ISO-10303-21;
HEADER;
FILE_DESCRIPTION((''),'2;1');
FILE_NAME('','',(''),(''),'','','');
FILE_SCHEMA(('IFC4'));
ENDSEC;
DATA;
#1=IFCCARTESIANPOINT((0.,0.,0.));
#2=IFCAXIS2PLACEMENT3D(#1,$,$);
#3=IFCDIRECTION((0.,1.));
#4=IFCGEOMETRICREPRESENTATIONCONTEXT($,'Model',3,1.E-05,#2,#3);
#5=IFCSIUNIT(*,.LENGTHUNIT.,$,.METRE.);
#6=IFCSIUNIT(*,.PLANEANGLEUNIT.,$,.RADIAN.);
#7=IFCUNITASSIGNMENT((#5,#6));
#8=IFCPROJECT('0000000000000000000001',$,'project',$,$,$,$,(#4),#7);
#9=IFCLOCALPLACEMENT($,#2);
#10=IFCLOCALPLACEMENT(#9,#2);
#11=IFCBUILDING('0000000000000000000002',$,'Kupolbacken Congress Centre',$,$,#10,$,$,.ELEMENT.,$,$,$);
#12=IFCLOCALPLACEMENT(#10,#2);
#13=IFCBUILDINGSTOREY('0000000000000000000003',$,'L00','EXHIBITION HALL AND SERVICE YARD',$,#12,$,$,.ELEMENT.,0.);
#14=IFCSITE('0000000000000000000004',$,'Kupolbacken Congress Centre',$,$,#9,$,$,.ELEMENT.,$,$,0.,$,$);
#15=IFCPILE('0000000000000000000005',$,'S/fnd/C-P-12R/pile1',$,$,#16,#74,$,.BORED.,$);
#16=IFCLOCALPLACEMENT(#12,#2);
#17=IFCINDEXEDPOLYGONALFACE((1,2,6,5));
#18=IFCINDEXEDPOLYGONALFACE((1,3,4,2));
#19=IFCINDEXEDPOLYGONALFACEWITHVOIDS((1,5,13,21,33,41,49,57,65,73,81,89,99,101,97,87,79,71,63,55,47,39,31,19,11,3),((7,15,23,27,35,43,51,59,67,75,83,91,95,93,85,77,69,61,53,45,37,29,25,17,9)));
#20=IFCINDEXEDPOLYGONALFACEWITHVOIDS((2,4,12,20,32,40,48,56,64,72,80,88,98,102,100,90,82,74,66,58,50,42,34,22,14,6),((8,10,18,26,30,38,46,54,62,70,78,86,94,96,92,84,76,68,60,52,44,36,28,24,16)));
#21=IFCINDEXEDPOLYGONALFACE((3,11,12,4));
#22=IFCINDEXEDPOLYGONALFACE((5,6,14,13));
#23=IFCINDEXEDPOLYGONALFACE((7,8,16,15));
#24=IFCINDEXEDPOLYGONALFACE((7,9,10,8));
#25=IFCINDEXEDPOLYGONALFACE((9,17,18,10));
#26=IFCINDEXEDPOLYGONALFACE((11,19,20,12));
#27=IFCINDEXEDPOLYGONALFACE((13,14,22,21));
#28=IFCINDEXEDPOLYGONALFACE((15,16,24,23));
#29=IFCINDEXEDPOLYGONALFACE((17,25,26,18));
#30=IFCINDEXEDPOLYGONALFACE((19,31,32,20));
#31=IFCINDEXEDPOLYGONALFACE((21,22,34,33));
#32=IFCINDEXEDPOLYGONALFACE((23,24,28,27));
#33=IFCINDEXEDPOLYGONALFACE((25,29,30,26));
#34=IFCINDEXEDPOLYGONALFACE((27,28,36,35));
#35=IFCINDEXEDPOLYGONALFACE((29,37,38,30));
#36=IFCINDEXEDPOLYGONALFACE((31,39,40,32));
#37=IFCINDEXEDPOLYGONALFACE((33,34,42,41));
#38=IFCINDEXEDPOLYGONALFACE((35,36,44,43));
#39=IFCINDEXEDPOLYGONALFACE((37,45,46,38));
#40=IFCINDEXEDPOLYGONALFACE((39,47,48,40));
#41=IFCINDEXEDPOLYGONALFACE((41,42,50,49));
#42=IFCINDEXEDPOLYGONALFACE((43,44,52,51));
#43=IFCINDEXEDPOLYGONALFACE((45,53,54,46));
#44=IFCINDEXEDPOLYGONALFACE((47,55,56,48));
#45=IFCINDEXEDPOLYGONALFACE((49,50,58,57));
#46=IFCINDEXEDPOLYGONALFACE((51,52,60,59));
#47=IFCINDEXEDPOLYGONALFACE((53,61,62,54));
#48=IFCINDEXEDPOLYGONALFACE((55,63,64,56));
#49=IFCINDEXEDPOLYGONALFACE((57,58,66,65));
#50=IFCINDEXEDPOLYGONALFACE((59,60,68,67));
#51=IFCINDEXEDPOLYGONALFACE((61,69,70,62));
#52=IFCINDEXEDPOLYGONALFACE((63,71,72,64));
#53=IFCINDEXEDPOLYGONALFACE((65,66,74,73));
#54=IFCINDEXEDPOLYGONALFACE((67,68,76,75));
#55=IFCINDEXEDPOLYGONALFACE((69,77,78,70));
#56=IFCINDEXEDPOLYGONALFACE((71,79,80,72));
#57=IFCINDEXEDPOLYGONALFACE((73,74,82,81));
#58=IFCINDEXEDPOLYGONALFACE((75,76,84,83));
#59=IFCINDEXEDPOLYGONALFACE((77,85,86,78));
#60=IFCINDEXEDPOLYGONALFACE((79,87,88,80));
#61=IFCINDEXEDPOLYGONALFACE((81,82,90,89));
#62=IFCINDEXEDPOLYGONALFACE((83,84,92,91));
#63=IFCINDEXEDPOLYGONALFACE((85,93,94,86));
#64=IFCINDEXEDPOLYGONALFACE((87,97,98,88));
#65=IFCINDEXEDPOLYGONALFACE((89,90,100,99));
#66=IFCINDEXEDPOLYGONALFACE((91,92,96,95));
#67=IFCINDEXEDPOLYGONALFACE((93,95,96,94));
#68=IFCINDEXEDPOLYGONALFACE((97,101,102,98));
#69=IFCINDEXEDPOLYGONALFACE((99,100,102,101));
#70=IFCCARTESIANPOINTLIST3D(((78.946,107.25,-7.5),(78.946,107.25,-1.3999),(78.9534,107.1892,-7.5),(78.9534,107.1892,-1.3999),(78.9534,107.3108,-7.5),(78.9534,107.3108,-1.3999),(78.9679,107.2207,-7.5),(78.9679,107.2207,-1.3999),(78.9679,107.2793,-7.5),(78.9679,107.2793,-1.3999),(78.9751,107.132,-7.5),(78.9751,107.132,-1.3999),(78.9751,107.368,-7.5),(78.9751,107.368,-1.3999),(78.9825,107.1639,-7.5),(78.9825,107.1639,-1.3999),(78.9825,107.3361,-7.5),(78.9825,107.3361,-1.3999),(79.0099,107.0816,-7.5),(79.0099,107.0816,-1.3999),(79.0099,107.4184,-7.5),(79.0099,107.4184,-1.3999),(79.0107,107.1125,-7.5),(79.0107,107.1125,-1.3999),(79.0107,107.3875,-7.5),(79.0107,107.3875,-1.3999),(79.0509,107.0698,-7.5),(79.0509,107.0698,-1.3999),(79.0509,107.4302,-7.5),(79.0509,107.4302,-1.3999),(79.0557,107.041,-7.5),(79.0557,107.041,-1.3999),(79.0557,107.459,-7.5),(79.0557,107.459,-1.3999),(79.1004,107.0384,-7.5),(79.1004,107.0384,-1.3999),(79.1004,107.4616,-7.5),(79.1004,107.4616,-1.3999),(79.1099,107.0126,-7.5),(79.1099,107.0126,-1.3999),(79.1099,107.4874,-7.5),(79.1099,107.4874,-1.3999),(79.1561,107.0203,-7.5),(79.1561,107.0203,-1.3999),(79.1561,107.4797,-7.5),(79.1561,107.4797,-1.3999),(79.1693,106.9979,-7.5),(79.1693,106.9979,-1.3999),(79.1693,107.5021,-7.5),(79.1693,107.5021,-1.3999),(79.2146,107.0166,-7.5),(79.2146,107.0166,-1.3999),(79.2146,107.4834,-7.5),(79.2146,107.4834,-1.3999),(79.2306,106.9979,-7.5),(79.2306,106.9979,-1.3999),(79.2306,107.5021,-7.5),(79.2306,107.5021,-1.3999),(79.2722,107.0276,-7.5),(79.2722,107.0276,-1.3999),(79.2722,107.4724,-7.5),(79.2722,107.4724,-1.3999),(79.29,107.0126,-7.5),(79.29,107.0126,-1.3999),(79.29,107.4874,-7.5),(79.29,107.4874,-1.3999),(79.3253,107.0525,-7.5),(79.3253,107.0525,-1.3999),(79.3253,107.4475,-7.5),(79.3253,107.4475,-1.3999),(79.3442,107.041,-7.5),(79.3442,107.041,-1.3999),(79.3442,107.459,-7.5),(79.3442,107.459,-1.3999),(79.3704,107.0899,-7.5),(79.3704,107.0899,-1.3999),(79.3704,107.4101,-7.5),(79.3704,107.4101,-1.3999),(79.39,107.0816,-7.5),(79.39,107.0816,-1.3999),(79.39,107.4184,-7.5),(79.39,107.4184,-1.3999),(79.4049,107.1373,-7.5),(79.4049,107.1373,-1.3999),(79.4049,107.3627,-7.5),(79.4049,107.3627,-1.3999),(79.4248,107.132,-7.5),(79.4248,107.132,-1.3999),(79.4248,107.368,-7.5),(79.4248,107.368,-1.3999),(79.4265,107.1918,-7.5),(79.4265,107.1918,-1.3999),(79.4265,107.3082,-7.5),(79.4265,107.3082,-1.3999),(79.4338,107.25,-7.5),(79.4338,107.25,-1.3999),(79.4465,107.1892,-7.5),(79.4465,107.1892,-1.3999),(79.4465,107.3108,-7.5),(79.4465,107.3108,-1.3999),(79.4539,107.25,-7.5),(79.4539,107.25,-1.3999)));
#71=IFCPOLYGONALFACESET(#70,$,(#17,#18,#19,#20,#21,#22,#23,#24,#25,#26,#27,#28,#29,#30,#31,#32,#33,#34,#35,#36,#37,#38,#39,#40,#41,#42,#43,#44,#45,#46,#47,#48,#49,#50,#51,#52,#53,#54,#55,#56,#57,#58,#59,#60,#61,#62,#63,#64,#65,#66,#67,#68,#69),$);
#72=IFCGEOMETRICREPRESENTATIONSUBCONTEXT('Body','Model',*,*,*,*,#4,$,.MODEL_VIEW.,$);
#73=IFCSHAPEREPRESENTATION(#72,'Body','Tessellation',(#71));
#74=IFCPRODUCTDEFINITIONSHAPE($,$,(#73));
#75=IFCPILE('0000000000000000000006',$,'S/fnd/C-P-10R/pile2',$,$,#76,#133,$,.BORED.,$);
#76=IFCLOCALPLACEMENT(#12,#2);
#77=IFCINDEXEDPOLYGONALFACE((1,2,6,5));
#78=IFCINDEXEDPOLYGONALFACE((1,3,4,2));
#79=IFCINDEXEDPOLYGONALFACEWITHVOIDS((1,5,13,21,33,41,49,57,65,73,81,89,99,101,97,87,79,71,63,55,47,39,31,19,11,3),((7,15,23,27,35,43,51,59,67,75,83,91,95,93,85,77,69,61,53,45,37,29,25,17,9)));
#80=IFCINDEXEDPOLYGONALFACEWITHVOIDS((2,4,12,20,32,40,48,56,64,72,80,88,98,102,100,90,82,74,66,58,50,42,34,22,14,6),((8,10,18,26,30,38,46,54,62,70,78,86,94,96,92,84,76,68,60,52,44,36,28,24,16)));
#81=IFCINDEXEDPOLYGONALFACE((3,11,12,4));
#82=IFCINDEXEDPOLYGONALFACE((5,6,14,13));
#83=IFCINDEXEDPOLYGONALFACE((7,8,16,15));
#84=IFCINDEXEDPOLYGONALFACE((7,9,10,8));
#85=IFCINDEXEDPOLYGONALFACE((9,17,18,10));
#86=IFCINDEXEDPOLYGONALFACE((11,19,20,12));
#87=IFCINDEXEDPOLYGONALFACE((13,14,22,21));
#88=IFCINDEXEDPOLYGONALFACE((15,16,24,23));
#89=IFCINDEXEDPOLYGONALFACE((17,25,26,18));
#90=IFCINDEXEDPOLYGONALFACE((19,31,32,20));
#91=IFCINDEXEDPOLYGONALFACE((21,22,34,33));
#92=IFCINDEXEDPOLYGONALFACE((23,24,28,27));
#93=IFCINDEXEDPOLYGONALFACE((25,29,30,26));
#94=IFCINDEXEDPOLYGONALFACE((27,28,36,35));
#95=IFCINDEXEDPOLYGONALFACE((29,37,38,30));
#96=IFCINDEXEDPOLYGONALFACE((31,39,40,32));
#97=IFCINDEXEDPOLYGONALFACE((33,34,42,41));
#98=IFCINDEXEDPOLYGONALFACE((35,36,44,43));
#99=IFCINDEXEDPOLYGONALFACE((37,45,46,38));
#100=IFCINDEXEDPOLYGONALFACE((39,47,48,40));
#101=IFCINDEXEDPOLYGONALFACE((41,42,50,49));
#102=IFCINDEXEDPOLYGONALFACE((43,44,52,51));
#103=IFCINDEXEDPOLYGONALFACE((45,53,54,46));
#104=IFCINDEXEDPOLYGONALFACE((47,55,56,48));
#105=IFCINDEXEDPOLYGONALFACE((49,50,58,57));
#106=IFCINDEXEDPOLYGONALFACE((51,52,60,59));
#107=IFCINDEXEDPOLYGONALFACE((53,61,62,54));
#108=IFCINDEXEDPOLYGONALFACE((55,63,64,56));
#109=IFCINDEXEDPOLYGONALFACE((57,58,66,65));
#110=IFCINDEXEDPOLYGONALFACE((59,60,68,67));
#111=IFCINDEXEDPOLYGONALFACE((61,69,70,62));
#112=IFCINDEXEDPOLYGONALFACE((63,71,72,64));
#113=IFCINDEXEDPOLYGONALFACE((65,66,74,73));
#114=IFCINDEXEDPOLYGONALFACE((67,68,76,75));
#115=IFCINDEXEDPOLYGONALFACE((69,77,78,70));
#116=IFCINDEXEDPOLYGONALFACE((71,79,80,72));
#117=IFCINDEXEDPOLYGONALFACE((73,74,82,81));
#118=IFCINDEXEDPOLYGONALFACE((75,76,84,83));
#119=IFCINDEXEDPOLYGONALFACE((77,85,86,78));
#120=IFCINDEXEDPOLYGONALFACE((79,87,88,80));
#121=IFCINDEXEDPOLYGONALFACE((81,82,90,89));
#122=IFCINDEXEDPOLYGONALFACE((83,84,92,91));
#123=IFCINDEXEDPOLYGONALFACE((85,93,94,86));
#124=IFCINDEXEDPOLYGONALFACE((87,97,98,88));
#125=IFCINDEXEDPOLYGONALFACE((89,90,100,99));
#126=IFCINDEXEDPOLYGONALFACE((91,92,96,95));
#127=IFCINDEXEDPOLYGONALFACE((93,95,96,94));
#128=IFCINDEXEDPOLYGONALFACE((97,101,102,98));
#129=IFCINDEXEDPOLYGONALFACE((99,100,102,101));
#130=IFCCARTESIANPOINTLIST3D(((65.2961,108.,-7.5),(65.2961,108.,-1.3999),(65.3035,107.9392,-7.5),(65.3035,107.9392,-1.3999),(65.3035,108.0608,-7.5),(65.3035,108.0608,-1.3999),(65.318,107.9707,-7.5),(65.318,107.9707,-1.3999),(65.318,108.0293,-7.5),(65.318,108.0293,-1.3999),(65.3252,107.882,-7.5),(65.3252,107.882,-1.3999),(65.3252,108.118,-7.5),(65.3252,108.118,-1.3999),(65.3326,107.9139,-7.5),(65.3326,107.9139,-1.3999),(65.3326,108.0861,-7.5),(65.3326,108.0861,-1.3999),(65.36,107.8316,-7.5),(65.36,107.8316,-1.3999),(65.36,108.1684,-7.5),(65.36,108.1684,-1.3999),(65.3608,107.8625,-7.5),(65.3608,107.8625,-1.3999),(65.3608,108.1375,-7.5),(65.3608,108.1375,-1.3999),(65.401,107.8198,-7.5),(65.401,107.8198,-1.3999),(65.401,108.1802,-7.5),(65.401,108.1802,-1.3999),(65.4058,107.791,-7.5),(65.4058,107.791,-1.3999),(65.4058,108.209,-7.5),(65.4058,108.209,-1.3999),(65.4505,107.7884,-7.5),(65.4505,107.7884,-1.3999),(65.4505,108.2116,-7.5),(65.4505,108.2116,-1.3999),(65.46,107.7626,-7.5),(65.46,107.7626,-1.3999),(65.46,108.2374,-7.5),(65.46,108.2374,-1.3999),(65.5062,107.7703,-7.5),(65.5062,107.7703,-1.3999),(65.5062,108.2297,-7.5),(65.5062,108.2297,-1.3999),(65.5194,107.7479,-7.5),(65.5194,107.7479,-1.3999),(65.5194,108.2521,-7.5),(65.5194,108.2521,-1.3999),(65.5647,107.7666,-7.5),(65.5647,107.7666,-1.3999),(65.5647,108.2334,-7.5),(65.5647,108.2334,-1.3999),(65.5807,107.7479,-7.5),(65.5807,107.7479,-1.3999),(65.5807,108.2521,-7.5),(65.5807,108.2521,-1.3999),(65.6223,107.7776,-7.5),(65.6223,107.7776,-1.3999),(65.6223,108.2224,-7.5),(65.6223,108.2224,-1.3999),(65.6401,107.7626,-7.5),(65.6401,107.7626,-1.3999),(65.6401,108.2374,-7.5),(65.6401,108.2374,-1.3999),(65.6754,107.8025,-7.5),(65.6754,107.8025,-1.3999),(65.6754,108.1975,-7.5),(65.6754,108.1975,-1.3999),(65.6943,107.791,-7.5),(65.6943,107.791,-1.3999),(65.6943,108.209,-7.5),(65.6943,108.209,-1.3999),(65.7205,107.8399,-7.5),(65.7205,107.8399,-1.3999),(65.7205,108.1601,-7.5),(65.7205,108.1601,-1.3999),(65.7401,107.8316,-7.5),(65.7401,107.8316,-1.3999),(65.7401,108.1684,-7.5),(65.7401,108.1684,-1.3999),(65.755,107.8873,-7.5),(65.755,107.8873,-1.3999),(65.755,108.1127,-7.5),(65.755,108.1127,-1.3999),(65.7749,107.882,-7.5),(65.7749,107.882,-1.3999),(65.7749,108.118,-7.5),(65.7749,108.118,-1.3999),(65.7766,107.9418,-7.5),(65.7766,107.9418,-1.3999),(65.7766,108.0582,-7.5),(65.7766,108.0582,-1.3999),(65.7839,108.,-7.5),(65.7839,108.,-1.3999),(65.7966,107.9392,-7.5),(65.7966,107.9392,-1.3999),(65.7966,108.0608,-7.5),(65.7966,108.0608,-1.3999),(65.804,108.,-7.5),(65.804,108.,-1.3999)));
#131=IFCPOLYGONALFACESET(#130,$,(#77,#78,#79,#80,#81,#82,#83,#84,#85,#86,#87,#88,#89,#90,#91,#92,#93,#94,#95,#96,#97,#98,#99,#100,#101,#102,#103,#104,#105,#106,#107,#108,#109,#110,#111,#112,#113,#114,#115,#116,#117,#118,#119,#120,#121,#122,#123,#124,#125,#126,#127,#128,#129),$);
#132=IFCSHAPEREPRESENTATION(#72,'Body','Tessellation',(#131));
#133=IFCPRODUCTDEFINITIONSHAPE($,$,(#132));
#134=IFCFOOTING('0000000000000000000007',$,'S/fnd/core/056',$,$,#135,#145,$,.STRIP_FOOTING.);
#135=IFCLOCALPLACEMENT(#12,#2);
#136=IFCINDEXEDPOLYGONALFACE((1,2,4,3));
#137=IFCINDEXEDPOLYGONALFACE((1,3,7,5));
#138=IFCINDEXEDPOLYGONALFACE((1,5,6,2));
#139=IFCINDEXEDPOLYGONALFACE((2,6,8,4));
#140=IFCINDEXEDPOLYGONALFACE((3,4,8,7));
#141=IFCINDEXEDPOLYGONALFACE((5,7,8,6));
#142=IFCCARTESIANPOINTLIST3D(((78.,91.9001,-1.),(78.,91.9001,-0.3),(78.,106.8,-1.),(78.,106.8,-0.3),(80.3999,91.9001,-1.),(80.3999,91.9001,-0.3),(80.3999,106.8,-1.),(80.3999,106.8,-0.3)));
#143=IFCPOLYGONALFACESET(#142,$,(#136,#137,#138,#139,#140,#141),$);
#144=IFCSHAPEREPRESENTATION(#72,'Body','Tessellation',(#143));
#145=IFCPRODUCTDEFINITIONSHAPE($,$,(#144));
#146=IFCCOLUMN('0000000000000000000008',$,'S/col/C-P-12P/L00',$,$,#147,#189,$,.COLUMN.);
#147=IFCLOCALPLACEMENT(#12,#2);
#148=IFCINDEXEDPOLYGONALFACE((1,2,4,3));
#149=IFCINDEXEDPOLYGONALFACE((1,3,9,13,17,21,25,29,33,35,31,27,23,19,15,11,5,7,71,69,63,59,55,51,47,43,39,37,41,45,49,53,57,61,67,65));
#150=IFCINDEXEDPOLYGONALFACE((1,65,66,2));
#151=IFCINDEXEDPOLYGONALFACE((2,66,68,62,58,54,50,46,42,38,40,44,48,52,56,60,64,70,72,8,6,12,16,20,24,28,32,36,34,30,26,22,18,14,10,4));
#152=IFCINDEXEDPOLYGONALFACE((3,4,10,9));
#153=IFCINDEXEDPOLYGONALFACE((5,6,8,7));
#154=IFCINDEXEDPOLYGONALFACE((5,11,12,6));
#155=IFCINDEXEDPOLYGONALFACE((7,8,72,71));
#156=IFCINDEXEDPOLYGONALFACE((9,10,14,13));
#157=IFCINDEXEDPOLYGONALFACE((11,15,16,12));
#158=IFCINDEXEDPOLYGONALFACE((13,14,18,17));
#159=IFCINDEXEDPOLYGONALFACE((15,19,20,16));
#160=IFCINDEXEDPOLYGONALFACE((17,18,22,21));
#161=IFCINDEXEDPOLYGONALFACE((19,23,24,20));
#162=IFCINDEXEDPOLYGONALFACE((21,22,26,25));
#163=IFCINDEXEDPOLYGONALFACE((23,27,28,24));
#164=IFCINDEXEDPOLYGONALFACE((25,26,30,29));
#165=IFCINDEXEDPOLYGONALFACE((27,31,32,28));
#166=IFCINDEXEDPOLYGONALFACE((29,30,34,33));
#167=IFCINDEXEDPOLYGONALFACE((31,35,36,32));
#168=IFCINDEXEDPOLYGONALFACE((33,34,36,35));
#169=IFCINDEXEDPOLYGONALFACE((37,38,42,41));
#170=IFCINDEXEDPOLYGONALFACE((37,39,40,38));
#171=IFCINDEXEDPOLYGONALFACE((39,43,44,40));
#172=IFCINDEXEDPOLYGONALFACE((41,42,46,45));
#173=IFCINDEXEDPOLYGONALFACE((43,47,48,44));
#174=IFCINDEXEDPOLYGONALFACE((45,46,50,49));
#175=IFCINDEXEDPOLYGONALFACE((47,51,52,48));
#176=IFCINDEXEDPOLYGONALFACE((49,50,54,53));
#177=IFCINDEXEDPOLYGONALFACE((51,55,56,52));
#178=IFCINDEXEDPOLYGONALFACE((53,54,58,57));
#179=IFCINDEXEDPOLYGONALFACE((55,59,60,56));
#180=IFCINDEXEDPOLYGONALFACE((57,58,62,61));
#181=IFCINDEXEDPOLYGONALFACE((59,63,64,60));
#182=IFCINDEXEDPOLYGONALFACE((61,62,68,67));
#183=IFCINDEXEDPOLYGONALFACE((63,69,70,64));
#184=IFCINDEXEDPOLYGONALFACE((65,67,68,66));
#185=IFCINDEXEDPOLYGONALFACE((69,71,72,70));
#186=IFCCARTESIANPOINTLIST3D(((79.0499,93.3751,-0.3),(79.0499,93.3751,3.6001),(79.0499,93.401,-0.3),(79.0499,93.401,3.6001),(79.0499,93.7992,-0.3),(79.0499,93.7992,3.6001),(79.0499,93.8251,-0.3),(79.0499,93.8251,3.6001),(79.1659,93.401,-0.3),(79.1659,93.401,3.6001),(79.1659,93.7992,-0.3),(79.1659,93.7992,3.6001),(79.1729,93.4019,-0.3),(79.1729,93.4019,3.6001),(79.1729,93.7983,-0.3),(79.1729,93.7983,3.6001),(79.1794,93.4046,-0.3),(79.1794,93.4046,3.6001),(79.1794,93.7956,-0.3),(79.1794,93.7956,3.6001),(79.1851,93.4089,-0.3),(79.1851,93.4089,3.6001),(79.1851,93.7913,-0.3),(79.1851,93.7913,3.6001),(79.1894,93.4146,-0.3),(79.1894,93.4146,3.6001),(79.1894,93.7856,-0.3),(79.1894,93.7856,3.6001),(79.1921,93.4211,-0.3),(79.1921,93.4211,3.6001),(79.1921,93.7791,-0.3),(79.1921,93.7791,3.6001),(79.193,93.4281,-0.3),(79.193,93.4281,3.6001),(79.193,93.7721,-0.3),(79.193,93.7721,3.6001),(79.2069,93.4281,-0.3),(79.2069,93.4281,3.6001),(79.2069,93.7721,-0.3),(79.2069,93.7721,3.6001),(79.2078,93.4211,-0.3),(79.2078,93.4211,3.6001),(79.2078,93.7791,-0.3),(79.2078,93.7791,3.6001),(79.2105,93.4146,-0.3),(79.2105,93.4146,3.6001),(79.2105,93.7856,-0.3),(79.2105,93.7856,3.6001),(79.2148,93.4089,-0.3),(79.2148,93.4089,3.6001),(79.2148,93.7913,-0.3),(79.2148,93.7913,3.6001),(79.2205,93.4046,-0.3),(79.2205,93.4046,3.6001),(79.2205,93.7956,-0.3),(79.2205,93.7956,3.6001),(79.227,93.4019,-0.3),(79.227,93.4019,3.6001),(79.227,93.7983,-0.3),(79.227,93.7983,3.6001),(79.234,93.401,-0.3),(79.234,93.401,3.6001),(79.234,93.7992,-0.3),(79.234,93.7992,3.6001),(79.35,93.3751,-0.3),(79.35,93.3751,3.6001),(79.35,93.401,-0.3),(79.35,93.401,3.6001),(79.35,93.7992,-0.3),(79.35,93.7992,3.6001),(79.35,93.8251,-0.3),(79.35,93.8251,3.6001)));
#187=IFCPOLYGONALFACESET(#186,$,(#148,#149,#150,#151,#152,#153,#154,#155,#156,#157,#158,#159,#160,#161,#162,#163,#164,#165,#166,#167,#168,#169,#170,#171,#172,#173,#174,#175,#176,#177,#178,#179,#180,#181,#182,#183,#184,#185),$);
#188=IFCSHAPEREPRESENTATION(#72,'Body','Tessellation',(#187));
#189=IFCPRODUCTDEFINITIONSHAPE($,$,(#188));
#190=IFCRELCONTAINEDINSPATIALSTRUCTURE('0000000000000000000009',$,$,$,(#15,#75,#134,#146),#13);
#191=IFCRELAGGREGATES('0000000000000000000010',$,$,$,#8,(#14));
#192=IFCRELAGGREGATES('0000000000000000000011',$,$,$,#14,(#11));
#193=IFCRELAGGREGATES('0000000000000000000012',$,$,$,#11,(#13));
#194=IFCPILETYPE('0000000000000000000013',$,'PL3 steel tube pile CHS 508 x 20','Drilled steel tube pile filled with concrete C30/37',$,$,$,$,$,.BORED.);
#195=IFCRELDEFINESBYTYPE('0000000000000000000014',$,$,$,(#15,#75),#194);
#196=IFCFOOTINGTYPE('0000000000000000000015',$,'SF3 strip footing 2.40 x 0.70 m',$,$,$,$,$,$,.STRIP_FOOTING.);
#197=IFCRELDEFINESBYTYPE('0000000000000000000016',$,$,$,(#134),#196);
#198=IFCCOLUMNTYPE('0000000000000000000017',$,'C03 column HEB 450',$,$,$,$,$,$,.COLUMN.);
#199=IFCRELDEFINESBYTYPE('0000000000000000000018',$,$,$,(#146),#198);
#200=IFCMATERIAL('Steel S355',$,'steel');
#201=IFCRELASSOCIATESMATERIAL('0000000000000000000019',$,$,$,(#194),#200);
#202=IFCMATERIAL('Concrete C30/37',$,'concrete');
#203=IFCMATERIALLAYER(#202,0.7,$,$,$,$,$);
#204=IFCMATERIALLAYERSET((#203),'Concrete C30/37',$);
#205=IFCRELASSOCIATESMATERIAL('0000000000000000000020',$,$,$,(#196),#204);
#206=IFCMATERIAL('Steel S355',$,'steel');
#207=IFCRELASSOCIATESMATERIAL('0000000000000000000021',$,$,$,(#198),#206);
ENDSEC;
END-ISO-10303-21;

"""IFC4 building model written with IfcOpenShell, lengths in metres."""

from ifc_helpers import new_model, si_unit, direction, frame, origin, origin_2d, place, context, subcontext, project, spatial, rectangle, hollow_circle, i_section, extrude, material, layer, layer_set, material_profile, profile_set, type_object, element, save


model = new_model("IFC4")

# Units and contexts
model_context = context("Model", 3, precision=1e-05, world=origin(), true_north=direction((0.0, 1.0)))
body_context = subcontext(model_context, "Body", "Model", "MODEL_VIEW")
ifc_project = project(units=[si_unit("LENGTHUNIT", "METRE"), si_unit("PLANEANGLEUNIT", "RADIAN")], contexts=[model_context])

# Site, building, storey
site_placement = place(None, origin())
site = spatial("IfcSite", under=ifc_project, at=site_placement, Name="Kupolbacken Congress Centre", CompositionType="ELEMENT", RefElevation=0.0)
building_placement = place(site_placement, origin())
building = spatial("IfcBuilding", under=site, at=building_placement, Name="Kupolbacken Congress Centre", CompositionType="ELEMENT")
storey_placement = place(building_placement, origin())
storey = spatial("IfcBuildingStorey", under=building, at=storey_placement, Name="L00", Description="EXHIBITION HALL AND SERVICE YARD", CompositionType="ELEMENT", Elevation=0.0)

# Piles
ifc_material_1 = material(Name="Steel S355", Category="steel")
ifc_material_profile_1 = material_profile(ifc_material_1, hollow_circle(Radius=0.2539, WallThickness=0.02, at=origin_2d()), Name="CHS 508 x 20")
ifc_profile_set_1 = profile_set([ifc_material_profile_1], Name="Steel S355")
pile_type_1 = type_object("IfcPileType", Name="PL3 steel tube pile CHS 508 x 20", Description="Drilled steel tube pile filled with concrete C30/37", PredefinedType="BORED", material=ifc_profile_set_1)
for number, where, z_axis, x_axis, name in (
    (1, (79.2, 107.25, -1.3999), (0.0, 0.0, -1.0), (1.0, 0.0, 0.0), "S/fnd/C-P-12R/pile1"),
    (2, (65.55, 108.0, -1.3999), (0.0, 0.0, -1.0), (1.0, 0.0, 0.0), "S/fnd/C-P-10R/pile2"),
):
    element("IfcPile", number, at=place(storey_placement, frame(where, z_axis=z_axis, x_axis=x_axis)), inside=storey, type_object=pile_type_1, Name=name, PredefinedType="BORED", context=body_context, shape_type="SweptSolid", body=[
        extrude(hollow_circle(Radius=0.2539, WallThickness=0.02, at=origin_2d()), origin(), (0.0, 0.0, 1.0), 6.1001),
    ])

# Footing
ifc_material_2 = material(Name="Concrete C30/37", Category="concrete")
ifc_layer_1 = layer(ifc_material_2, 0.7)
ifc_layer_set_1 = layer_set([ifc_layer_1], Name="Concrete C30/37")
footing_type_1 = type_object("IfcFootingType", Name="SF3 strip footing 2.40 x 0.70 m", PredefinedType="STRIP_FOOTING", material=ifc_layer_set_1)
footing_1_placement = place(storey_placement, frame((79.2, 99.3501, -1.0), z_axis=(0.0, 0.0, 1.0), x_axis=(0.0, 1.0, 0.0)))
element("IfcFooting", 3, at=footing_1_placement, inside=storey, type_object=footing_type_1, Name="S/fnd/core/056", PredefinedType="STRIP_FOOTING", context=body_context, shape_type="SweptSolid", body=[
    extrude(rectangle(XDim=14.8999, YDim=2.3999, at=origin_2d()), origin(), (0.0, 0.0, 1.0), 0.7),
])

# Column
ifc_material_3 = material(Name="Steel S355", Category="steel")
ifc_material_profile_2 = material_profile(ifc_material_3, i_section(OverallWidth=0.3, OverallDepth=0.45, WebThickness=0.0139, FlangeThickness=0.0259, FilletRadius=0.0271, at=origin_2d()), Name="HEB 450")
ifc_profile_set_2 = profile_set([ifc_material_profile_2], Name="Steel S355")
column_type_1 = type_object("IfcColumnType", Name="C03 column HEB 450", PredefinedType="COLUMN", material=ifc_profile_set_2)
for number, where, z_axis, x_axis, name in (
    (4, (79.2, 93.6001, -0.3), (0.0, 0.0, 1.0), (1.0, 0.0, 0.0), "S/col/C-P-12P/L00"),
):
    element("IfcColumn", number, at=place(storey_placement, frame(where, z_axis=z_axis, x_axis=x_axis)), inside=storey, type_object=column_type_1, Name=name, PredefinedType="COLUMN", context=body_context, shape_type="SweptSolid", body=[
        extrude(i_section(OverallWidth=0.3, OverallDepth=0.45, WebThickness=0.0139, FlangeThickness=0.0259, FilletRadius=0.0271, at=origin_2d()), origin(), (0.0, 0.0, 1.0), 3.9001),
    ])

save(model, "model.ifc")
